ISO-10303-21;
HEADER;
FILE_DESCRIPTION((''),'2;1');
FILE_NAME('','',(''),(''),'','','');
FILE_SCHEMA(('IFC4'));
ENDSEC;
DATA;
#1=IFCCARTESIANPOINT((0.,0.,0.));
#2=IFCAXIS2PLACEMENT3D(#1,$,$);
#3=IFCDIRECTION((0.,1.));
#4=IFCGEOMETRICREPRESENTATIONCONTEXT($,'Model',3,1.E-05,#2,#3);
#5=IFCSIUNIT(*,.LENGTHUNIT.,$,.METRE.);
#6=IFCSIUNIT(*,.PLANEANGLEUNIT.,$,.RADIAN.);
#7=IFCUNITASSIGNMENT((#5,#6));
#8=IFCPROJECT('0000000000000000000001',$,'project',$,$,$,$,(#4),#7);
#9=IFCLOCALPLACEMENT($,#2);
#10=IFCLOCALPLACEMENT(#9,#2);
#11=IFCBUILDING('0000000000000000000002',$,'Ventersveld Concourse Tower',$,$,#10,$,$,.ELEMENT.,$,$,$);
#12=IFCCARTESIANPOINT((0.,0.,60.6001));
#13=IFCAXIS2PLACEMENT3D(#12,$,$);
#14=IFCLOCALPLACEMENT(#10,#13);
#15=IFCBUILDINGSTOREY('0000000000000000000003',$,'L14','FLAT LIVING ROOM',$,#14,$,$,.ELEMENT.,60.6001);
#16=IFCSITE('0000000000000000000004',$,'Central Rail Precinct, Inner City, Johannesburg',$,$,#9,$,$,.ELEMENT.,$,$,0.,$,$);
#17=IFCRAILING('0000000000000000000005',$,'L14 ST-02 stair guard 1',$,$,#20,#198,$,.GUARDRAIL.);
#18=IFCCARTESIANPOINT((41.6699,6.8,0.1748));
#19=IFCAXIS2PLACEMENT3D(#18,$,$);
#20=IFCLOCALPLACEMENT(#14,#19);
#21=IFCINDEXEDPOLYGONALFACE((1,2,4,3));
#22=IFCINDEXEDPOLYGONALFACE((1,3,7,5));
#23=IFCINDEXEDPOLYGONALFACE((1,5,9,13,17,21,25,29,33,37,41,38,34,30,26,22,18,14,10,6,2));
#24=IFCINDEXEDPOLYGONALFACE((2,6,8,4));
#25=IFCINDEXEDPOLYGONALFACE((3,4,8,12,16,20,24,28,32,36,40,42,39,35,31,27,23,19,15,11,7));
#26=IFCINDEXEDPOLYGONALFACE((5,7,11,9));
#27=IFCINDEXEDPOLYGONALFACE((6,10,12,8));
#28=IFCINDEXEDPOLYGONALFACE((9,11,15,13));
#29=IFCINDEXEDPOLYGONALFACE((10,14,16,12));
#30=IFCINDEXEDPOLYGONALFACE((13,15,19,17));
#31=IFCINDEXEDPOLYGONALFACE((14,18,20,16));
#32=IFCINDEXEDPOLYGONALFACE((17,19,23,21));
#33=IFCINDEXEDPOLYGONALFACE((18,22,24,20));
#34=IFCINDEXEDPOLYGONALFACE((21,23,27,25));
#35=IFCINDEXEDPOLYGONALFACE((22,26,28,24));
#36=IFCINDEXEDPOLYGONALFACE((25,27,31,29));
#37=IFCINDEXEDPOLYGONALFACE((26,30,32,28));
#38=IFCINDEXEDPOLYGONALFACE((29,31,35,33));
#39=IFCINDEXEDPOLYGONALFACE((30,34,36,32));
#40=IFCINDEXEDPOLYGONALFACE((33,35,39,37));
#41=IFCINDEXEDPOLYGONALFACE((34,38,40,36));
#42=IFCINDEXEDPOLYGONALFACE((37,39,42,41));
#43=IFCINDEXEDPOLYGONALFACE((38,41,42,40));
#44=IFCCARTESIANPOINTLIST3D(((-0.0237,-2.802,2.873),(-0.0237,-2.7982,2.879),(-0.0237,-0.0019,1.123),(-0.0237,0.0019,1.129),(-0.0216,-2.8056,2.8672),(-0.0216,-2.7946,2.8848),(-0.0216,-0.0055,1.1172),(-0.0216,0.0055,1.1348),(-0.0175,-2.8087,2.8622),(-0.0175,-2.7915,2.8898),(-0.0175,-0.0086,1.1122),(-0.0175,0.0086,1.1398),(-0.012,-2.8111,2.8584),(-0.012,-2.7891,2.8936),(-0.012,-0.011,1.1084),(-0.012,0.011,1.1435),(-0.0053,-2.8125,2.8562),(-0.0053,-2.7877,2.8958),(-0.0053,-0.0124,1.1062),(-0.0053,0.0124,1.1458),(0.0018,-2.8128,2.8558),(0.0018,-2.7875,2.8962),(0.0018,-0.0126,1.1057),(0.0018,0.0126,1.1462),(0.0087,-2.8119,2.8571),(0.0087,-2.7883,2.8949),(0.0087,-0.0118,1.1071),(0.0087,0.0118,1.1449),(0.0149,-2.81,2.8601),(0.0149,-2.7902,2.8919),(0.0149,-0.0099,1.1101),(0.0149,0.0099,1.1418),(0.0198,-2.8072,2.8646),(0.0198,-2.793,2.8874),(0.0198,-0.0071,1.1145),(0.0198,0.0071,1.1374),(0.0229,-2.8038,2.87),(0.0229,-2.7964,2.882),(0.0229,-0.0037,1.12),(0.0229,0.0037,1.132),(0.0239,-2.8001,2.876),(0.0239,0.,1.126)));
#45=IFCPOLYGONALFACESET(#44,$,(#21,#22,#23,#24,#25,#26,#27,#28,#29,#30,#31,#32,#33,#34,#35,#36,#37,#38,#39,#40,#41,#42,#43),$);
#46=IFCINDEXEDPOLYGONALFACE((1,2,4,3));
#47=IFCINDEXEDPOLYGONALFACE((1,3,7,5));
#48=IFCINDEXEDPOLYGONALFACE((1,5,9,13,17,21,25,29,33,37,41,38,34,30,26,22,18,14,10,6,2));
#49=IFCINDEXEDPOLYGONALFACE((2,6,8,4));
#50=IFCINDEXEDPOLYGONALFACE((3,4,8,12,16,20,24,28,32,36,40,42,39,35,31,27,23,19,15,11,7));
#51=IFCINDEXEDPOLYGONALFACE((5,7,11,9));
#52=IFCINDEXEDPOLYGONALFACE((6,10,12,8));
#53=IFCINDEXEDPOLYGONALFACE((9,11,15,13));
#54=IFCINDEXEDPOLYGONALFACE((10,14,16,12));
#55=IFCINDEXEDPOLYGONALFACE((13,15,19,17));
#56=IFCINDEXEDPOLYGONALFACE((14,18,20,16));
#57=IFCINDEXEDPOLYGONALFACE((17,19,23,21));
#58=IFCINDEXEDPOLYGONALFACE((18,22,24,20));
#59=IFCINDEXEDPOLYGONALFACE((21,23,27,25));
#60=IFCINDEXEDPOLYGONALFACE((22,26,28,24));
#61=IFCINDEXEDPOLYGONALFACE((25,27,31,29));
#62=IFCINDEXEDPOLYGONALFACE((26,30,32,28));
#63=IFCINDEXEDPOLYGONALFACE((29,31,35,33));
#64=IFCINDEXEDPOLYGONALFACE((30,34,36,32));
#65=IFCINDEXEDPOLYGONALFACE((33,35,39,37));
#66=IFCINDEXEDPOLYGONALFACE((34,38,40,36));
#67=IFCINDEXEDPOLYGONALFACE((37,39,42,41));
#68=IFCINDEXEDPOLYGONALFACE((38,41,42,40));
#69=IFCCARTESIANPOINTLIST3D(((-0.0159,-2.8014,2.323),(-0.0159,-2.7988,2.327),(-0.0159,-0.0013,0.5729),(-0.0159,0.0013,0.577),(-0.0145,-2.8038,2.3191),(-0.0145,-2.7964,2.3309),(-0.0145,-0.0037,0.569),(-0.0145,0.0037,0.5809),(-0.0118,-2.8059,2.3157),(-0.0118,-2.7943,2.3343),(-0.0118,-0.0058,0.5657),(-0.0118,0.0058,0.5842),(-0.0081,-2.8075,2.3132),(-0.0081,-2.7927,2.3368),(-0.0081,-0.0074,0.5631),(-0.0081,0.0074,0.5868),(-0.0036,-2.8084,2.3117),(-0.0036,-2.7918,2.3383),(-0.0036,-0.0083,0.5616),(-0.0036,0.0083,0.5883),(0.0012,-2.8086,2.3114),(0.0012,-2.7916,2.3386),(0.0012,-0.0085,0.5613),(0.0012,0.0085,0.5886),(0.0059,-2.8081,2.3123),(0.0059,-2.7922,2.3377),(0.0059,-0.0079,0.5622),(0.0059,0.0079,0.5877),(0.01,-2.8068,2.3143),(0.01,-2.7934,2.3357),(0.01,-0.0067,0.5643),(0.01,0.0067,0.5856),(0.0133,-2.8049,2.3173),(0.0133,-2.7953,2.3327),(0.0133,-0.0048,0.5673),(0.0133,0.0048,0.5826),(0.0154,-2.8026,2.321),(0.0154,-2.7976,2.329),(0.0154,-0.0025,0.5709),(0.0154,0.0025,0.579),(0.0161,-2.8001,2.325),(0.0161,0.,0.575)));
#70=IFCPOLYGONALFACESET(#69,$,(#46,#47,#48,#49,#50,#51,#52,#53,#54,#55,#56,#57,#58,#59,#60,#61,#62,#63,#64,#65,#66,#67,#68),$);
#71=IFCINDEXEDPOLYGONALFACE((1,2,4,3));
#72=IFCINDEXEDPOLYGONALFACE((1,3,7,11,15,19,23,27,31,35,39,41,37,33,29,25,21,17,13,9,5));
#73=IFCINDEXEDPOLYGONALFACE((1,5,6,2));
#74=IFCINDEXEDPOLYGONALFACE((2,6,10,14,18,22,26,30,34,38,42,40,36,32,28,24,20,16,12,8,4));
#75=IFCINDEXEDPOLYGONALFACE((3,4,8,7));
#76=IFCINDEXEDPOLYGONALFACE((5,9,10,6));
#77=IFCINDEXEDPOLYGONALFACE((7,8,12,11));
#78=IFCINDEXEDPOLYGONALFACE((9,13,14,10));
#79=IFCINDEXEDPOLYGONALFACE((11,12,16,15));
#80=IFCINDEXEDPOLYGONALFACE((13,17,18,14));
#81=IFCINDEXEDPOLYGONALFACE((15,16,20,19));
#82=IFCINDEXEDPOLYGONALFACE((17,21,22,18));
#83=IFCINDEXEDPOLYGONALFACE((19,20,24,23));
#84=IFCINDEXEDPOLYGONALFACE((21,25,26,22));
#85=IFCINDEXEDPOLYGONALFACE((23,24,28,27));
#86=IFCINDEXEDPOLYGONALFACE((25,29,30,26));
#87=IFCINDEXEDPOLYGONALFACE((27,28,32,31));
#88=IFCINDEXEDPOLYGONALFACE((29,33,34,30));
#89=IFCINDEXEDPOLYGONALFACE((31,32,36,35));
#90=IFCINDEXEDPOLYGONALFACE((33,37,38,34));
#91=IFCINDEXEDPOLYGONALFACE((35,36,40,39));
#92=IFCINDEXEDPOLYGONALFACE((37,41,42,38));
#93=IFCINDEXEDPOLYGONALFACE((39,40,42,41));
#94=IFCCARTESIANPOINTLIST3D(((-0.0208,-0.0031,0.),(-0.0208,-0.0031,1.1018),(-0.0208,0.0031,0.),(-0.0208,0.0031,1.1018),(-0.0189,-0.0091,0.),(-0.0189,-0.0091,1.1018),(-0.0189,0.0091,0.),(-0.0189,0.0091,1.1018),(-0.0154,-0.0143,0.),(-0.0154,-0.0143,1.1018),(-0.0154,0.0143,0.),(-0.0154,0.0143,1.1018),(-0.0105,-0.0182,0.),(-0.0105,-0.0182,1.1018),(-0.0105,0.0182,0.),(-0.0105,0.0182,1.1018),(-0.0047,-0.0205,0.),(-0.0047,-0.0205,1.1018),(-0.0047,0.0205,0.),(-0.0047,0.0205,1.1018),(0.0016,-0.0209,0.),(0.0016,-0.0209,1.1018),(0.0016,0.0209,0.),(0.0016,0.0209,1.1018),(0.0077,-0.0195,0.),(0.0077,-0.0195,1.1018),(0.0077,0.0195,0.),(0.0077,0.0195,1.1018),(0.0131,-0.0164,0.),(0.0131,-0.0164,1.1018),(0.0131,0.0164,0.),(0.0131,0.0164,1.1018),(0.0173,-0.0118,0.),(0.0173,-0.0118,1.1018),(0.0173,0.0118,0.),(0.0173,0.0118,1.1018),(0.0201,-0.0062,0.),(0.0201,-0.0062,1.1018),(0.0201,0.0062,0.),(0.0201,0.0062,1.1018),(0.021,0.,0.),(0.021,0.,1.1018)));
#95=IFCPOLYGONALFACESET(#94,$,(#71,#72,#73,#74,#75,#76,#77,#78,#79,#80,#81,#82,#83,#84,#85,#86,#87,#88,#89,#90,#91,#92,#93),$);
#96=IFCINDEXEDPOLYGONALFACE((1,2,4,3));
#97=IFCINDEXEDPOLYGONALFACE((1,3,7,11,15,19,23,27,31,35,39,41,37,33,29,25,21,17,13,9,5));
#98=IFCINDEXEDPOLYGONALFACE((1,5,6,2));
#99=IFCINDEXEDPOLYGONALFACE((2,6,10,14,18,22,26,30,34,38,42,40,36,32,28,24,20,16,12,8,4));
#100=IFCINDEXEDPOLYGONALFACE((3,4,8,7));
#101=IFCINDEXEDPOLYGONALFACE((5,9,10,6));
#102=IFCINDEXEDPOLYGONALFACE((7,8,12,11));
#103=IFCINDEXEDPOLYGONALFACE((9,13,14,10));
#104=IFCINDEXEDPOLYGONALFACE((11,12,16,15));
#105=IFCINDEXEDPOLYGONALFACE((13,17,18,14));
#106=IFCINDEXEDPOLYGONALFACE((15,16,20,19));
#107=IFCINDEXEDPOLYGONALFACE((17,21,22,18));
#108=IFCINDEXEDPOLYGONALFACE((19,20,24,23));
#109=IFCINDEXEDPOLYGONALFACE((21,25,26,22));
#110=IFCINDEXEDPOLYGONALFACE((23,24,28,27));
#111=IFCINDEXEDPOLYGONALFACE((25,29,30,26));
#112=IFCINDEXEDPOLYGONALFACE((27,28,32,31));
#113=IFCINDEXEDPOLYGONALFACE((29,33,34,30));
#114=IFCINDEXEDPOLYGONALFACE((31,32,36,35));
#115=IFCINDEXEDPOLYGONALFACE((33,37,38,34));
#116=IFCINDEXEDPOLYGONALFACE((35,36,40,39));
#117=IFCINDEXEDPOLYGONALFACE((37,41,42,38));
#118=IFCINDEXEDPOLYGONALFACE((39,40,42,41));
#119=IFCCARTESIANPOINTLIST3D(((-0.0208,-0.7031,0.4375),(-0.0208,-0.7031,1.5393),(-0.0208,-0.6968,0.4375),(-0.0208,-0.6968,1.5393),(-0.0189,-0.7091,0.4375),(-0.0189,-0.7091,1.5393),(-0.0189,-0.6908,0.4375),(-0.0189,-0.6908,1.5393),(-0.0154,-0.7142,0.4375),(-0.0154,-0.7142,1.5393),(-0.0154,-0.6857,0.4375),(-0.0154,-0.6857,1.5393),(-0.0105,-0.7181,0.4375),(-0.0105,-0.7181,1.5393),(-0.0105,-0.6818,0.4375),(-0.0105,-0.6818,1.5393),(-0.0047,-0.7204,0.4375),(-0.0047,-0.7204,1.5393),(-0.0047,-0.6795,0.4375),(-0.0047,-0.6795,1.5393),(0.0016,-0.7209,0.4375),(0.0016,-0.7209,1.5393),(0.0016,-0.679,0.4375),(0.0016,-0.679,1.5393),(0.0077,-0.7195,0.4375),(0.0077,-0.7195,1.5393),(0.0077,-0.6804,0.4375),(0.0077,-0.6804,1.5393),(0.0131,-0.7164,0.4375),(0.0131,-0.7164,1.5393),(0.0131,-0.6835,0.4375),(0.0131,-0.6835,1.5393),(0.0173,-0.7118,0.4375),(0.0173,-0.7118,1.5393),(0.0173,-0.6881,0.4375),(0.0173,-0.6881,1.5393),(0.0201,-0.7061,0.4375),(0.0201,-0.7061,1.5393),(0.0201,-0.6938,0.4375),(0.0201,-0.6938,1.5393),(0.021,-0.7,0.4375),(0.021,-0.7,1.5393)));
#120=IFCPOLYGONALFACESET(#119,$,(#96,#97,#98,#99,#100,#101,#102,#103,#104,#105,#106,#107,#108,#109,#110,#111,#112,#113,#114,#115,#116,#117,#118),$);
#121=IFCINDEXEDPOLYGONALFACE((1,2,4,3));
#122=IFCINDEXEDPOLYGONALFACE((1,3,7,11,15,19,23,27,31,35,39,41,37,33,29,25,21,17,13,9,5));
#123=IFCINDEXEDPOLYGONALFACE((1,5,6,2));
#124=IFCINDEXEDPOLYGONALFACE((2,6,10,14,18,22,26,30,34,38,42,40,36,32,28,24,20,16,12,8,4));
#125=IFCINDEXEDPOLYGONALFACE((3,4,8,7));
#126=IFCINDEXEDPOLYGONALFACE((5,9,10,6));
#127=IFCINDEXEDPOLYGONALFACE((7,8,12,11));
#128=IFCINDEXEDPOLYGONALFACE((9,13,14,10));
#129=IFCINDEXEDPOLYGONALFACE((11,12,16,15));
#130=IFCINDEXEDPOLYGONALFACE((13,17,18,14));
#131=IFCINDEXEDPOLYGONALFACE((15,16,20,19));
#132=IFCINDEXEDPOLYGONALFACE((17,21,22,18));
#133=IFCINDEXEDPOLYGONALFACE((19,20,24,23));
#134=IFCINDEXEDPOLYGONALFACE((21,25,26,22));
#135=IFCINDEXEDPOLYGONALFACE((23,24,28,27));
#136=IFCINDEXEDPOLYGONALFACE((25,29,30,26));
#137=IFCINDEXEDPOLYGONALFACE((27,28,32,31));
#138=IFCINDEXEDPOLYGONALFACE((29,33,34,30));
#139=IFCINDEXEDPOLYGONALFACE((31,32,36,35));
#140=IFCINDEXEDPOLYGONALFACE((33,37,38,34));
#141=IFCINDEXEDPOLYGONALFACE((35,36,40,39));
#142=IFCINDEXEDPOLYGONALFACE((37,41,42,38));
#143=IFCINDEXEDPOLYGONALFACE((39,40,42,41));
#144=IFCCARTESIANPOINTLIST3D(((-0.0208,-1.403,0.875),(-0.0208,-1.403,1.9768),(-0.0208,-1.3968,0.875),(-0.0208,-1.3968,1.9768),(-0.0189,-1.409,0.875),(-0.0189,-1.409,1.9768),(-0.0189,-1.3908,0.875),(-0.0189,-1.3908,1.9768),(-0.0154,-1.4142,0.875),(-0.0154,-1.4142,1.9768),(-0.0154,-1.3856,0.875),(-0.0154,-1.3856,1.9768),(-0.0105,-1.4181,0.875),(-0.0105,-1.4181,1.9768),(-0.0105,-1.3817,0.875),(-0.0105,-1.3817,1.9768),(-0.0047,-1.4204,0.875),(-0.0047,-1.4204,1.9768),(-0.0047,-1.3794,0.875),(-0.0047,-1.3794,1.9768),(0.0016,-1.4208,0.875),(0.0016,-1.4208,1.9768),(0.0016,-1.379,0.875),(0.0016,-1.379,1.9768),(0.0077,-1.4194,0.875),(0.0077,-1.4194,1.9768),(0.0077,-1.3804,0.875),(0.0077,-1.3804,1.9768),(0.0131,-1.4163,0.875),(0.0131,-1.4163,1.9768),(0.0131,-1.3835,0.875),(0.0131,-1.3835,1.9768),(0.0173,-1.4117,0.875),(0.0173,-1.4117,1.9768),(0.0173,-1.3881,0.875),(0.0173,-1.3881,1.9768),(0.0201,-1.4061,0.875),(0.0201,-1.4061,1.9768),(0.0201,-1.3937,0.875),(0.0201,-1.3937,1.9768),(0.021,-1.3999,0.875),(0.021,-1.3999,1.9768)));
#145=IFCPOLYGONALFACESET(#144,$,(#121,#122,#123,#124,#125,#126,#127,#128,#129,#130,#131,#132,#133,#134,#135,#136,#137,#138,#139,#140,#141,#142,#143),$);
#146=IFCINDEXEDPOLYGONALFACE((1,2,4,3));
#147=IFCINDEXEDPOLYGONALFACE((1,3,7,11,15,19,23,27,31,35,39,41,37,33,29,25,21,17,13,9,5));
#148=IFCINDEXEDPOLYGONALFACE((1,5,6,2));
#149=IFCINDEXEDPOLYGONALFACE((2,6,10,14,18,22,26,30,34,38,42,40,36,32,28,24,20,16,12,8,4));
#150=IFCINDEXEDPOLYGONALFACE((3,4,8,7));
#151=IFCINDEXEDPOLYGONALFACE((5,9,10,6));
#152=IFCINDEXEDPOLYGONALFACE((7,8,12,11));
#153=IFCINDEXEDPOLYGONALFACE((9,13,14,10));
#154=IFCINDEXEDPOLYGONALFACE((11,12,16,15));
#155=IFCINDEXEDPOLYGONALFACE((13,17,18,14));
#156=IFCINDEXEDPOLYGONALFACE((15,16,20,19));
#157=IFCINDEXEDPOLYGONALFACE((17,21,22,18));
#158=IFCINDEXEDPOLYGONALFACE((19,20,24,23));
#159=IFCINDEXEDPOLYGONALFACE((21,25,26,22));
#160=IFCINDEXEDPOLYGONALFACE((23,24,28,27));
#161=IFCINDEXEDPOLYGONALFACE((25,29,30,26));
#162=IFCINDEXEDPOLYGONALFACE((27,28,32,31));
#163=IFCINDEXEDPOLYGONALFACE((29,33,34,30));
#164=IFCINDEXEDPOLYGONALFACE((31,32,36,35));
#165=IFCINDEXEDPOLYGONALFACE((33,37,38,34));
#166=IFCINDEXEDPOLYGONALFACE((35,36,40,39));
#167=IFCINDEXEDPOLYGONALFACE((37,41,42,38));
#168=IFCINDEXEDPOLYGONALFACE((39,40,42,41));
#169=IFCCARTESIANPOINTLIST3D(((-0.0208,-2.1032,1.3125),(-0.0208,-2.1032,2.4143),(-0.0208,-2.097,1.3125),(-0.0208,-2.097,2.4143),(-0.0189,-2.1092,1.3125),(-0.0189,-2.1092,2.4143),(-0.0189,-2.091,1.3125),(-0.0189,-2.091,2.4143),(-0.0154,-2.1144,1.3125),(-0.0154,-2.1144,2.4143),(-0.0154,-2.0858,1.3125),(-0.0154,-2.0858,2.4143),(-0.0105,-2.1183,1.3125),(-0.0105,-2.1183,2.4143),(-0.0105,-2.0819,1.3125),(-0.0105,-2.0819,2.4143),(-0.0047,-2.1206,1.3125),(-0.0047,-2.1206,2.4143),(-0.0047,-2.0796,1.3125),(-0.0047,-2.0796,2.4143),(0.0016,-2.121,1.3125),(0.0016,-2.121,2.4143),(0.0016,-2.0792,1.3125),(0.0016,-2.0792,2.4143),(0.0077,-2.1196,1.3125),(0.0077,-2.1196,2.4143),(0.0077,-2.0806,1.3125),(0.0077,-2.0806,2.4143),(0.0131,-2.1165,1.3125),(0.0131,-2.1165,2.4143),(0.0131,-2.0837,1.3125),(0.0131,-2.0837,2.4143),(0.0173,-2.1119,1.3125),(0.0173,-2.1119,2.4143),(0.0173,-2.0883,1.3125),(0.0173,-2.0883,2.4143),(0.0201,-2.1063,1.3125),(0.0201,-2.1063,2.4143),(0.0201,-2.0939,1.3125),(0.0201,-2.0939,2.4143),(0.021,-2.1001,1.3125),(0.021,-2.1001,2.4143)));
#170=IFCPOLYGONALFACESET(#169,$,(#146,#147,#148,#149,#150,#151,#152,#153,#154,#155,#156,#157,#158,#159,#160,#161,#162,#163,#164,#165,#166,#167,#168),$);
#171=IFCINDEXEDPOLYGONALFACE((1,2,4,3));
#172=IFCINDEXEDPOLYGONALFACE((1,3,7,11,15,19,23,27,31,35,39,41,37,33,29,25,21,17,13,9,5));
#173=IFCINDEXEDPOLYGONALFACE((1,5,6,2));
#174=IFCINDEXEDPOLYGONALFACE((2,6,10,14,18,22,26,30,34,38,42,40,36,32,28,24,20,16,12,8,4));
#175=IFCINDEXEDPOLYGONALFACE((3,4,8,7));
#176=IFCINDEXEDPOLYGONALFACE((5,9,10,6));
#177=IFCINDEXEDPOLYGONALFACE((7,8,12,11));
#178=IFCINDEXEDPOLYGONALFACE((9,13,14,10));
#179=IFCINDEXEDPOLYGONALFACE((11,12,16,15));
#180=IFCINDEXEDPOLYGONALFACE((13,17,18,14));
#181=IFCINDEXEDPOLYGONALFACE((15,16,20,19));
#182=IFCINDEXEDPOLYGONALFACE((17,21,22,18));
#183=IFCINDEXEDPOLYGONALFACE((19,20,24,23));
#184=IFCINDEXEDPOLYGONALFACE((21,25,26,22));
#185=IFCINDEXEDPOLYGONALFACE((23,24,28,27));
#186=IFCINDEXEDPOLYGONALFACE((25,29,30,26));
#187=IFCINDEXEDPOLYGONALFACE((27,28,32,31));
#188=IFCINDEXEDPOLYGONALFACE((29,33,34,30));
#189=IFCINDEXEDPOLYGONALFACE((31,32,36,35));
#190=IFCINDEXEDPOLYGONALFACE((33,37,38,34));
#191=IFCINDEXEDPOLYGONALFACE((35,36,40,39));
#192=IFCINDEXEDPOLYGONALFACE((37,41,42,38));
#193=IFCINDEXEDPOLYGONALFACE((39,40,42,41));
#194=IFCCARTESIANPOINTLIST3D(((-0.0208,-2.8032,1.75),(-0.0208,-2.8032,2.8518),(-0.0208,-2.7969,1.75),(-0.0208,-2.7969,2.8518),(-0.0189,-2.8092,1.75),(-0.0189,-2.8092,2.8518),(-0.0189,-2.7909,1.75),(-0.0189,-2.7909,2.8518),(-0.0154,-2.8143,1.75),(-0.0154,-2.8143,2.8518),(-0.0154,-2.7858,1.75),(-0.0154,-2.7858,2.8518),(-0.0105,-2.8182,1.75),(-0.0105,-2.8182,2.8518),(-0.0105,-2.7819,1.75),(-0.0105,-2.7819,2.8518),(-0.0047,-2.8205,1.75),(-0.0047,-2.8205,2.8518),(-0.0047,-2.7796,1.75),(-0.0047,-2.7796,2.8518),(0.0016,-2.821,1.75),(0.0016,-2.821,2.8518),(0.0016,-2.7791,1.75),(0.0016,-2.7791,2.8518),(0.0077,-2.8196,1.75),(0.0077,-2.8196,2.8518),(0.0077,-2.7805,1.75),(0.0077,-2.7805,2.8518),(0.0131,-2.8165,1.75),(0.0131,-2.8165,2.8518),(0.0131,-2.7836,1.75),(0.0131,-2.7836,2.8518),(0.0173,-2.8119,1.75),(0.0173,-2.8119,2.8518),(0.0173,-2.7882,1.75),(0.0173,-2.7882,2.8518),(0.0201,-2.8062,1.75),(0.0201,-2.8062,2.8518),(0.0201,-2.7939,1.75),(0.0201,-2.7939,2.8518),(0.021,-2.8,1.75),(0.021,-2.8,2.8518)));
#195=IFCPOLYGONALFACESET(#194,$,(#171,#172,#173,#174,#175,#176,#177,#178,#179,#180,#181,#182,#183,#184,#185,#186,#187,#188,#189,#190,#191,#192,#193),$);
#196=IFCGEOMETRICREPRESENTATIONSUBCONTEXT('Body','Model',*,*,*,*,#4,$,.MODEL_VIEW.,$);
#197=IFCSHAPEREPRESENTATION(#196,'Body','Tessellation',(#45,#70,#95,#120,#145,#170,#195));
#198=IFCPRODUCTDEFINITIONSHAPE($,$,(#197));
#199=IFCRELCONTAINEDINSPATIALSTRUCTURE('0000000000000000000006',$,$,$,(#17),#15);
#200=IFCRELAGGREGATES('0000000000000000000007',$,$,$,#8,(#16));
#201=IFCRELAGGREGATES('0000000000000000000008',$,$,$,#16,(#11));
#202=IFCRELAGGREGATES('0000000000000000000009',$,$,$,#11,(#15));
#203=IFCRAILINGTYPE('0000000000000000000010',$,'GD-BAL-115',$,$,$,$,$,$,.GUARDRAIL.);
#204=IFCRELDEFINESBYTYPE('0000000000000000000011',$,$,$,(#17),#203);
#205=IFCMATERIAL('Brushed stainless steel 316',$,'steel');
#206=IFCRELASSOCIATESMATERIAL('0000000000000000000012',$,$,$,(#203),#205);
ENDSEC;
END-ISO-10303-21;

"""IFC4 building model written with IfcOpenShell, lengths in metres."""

from ifc_helpers import new_model, si_unit, direction, frame, origin, origin_2d, place, context, subcontext, project, spatial, circle, extrude, material, type_object, element, save


model = new_model("IFC4")

# Units and contexts
model_context = context("Model", 3, precision=1e-05, world=origin(), true_north=direction((0.0, 1.0)))
body_context = subcontext(model_context, "Body", "Model", "MODEL_VIEW")
ifc_project = project(units=[si_unit("LENGTHUNIT", "METRE"), si_unit("PLANEANGLEUNIT", "RADIAN")], contexts=[model_context])

# Site, building, storey
site_placement = place(None, origin())
site = spatial("IfcSite", under=ifc_project, at=site_placement, Name="Central Rail Precinct, Inner City, Johannesburg", CompositionType="ELEMENT", RefElevation=0.0)
building_placement = place(site_placement, origin())
building = spatial("IfcBuilding", under=site, at=building_placement, Name="Ventersveld Concourse Tower", CompositionType="ELEMENT")
storey_placement = place(building_placement, frame((0.0, 0.0, 60.6001)))
storey = spatial("IfcBuildingStorey", under=building, at=storey_placement, Name="L14", Description="FLAT LIVING ROOM", CompositionType="ELEMENT", Elevation=60.6001)

# Railing
ifc_material_1 = material(Name="Brushed stainless steel 316", Category="steel")
railing_type_1 = type_object("IfcRailingType", Name="GD-BAL-115", PredefinedType="GUARDRAIL", material=ifc_material_1)
railing_1_placement = place(storey_placement, frame((41.6699, 6.8, 0.1748)))
element("IfcRailing", 1, at=railing_1_placement, inside=storey, type_object=railing_type_1, Name="L14 ST-02 stair guard 1", PredefinedType="GUARDRAIL", context=body_context, shape_type="SweptSolid", body=[
    extrude(circle(Radius=0.0239, at=origin_2d()), frame((0.0, 0.0, 1.126), z_axis=(0.0, -0.848002, 0.529992), x_axis=(1.0, 0.0, 0.0)), (0.0, 0.0, 1.0), 3.302),
    extrude(circle(Radius=0.0161, at=origin_2d()), frame((0.0, 0.0, 0.575), z_axis=(0.0, -0.848002, 0.529992), x_axis=(1.0, 0.0, 0.0)), (0.0, 0.0, 1.0), 3.302),
    extrude(circle(Radius=0.021, at=origin_2d()), origin(), (0.0, 0.0, 1.0), 1.1018),
    extrude(circle(Radius=0.021, at=origin_2d()), frame((0.0, -0.7, 0.4375)), (0.0, 0.0, 1.0), 1.1018),
    extrude(circle(Radius=0.021, at=origin_2d()), frame((0.0, -1.3999, 0.875)), (0.0, 0.0, 1.0), 1.1018),
    extrude(circle(Radius=0.021, at=origin_2d()), frame((0.0, -2.1001, 1.3125)), (0.0, 0.0, 1.0), 1.1018),
    extrude(circle(Radius=0.021, at=origin_2d()), frame((0.0, -2.8, 1.75)), (0.0, 0.0, 1.0), 1.1018),
])

save(model, "model.ifc")
